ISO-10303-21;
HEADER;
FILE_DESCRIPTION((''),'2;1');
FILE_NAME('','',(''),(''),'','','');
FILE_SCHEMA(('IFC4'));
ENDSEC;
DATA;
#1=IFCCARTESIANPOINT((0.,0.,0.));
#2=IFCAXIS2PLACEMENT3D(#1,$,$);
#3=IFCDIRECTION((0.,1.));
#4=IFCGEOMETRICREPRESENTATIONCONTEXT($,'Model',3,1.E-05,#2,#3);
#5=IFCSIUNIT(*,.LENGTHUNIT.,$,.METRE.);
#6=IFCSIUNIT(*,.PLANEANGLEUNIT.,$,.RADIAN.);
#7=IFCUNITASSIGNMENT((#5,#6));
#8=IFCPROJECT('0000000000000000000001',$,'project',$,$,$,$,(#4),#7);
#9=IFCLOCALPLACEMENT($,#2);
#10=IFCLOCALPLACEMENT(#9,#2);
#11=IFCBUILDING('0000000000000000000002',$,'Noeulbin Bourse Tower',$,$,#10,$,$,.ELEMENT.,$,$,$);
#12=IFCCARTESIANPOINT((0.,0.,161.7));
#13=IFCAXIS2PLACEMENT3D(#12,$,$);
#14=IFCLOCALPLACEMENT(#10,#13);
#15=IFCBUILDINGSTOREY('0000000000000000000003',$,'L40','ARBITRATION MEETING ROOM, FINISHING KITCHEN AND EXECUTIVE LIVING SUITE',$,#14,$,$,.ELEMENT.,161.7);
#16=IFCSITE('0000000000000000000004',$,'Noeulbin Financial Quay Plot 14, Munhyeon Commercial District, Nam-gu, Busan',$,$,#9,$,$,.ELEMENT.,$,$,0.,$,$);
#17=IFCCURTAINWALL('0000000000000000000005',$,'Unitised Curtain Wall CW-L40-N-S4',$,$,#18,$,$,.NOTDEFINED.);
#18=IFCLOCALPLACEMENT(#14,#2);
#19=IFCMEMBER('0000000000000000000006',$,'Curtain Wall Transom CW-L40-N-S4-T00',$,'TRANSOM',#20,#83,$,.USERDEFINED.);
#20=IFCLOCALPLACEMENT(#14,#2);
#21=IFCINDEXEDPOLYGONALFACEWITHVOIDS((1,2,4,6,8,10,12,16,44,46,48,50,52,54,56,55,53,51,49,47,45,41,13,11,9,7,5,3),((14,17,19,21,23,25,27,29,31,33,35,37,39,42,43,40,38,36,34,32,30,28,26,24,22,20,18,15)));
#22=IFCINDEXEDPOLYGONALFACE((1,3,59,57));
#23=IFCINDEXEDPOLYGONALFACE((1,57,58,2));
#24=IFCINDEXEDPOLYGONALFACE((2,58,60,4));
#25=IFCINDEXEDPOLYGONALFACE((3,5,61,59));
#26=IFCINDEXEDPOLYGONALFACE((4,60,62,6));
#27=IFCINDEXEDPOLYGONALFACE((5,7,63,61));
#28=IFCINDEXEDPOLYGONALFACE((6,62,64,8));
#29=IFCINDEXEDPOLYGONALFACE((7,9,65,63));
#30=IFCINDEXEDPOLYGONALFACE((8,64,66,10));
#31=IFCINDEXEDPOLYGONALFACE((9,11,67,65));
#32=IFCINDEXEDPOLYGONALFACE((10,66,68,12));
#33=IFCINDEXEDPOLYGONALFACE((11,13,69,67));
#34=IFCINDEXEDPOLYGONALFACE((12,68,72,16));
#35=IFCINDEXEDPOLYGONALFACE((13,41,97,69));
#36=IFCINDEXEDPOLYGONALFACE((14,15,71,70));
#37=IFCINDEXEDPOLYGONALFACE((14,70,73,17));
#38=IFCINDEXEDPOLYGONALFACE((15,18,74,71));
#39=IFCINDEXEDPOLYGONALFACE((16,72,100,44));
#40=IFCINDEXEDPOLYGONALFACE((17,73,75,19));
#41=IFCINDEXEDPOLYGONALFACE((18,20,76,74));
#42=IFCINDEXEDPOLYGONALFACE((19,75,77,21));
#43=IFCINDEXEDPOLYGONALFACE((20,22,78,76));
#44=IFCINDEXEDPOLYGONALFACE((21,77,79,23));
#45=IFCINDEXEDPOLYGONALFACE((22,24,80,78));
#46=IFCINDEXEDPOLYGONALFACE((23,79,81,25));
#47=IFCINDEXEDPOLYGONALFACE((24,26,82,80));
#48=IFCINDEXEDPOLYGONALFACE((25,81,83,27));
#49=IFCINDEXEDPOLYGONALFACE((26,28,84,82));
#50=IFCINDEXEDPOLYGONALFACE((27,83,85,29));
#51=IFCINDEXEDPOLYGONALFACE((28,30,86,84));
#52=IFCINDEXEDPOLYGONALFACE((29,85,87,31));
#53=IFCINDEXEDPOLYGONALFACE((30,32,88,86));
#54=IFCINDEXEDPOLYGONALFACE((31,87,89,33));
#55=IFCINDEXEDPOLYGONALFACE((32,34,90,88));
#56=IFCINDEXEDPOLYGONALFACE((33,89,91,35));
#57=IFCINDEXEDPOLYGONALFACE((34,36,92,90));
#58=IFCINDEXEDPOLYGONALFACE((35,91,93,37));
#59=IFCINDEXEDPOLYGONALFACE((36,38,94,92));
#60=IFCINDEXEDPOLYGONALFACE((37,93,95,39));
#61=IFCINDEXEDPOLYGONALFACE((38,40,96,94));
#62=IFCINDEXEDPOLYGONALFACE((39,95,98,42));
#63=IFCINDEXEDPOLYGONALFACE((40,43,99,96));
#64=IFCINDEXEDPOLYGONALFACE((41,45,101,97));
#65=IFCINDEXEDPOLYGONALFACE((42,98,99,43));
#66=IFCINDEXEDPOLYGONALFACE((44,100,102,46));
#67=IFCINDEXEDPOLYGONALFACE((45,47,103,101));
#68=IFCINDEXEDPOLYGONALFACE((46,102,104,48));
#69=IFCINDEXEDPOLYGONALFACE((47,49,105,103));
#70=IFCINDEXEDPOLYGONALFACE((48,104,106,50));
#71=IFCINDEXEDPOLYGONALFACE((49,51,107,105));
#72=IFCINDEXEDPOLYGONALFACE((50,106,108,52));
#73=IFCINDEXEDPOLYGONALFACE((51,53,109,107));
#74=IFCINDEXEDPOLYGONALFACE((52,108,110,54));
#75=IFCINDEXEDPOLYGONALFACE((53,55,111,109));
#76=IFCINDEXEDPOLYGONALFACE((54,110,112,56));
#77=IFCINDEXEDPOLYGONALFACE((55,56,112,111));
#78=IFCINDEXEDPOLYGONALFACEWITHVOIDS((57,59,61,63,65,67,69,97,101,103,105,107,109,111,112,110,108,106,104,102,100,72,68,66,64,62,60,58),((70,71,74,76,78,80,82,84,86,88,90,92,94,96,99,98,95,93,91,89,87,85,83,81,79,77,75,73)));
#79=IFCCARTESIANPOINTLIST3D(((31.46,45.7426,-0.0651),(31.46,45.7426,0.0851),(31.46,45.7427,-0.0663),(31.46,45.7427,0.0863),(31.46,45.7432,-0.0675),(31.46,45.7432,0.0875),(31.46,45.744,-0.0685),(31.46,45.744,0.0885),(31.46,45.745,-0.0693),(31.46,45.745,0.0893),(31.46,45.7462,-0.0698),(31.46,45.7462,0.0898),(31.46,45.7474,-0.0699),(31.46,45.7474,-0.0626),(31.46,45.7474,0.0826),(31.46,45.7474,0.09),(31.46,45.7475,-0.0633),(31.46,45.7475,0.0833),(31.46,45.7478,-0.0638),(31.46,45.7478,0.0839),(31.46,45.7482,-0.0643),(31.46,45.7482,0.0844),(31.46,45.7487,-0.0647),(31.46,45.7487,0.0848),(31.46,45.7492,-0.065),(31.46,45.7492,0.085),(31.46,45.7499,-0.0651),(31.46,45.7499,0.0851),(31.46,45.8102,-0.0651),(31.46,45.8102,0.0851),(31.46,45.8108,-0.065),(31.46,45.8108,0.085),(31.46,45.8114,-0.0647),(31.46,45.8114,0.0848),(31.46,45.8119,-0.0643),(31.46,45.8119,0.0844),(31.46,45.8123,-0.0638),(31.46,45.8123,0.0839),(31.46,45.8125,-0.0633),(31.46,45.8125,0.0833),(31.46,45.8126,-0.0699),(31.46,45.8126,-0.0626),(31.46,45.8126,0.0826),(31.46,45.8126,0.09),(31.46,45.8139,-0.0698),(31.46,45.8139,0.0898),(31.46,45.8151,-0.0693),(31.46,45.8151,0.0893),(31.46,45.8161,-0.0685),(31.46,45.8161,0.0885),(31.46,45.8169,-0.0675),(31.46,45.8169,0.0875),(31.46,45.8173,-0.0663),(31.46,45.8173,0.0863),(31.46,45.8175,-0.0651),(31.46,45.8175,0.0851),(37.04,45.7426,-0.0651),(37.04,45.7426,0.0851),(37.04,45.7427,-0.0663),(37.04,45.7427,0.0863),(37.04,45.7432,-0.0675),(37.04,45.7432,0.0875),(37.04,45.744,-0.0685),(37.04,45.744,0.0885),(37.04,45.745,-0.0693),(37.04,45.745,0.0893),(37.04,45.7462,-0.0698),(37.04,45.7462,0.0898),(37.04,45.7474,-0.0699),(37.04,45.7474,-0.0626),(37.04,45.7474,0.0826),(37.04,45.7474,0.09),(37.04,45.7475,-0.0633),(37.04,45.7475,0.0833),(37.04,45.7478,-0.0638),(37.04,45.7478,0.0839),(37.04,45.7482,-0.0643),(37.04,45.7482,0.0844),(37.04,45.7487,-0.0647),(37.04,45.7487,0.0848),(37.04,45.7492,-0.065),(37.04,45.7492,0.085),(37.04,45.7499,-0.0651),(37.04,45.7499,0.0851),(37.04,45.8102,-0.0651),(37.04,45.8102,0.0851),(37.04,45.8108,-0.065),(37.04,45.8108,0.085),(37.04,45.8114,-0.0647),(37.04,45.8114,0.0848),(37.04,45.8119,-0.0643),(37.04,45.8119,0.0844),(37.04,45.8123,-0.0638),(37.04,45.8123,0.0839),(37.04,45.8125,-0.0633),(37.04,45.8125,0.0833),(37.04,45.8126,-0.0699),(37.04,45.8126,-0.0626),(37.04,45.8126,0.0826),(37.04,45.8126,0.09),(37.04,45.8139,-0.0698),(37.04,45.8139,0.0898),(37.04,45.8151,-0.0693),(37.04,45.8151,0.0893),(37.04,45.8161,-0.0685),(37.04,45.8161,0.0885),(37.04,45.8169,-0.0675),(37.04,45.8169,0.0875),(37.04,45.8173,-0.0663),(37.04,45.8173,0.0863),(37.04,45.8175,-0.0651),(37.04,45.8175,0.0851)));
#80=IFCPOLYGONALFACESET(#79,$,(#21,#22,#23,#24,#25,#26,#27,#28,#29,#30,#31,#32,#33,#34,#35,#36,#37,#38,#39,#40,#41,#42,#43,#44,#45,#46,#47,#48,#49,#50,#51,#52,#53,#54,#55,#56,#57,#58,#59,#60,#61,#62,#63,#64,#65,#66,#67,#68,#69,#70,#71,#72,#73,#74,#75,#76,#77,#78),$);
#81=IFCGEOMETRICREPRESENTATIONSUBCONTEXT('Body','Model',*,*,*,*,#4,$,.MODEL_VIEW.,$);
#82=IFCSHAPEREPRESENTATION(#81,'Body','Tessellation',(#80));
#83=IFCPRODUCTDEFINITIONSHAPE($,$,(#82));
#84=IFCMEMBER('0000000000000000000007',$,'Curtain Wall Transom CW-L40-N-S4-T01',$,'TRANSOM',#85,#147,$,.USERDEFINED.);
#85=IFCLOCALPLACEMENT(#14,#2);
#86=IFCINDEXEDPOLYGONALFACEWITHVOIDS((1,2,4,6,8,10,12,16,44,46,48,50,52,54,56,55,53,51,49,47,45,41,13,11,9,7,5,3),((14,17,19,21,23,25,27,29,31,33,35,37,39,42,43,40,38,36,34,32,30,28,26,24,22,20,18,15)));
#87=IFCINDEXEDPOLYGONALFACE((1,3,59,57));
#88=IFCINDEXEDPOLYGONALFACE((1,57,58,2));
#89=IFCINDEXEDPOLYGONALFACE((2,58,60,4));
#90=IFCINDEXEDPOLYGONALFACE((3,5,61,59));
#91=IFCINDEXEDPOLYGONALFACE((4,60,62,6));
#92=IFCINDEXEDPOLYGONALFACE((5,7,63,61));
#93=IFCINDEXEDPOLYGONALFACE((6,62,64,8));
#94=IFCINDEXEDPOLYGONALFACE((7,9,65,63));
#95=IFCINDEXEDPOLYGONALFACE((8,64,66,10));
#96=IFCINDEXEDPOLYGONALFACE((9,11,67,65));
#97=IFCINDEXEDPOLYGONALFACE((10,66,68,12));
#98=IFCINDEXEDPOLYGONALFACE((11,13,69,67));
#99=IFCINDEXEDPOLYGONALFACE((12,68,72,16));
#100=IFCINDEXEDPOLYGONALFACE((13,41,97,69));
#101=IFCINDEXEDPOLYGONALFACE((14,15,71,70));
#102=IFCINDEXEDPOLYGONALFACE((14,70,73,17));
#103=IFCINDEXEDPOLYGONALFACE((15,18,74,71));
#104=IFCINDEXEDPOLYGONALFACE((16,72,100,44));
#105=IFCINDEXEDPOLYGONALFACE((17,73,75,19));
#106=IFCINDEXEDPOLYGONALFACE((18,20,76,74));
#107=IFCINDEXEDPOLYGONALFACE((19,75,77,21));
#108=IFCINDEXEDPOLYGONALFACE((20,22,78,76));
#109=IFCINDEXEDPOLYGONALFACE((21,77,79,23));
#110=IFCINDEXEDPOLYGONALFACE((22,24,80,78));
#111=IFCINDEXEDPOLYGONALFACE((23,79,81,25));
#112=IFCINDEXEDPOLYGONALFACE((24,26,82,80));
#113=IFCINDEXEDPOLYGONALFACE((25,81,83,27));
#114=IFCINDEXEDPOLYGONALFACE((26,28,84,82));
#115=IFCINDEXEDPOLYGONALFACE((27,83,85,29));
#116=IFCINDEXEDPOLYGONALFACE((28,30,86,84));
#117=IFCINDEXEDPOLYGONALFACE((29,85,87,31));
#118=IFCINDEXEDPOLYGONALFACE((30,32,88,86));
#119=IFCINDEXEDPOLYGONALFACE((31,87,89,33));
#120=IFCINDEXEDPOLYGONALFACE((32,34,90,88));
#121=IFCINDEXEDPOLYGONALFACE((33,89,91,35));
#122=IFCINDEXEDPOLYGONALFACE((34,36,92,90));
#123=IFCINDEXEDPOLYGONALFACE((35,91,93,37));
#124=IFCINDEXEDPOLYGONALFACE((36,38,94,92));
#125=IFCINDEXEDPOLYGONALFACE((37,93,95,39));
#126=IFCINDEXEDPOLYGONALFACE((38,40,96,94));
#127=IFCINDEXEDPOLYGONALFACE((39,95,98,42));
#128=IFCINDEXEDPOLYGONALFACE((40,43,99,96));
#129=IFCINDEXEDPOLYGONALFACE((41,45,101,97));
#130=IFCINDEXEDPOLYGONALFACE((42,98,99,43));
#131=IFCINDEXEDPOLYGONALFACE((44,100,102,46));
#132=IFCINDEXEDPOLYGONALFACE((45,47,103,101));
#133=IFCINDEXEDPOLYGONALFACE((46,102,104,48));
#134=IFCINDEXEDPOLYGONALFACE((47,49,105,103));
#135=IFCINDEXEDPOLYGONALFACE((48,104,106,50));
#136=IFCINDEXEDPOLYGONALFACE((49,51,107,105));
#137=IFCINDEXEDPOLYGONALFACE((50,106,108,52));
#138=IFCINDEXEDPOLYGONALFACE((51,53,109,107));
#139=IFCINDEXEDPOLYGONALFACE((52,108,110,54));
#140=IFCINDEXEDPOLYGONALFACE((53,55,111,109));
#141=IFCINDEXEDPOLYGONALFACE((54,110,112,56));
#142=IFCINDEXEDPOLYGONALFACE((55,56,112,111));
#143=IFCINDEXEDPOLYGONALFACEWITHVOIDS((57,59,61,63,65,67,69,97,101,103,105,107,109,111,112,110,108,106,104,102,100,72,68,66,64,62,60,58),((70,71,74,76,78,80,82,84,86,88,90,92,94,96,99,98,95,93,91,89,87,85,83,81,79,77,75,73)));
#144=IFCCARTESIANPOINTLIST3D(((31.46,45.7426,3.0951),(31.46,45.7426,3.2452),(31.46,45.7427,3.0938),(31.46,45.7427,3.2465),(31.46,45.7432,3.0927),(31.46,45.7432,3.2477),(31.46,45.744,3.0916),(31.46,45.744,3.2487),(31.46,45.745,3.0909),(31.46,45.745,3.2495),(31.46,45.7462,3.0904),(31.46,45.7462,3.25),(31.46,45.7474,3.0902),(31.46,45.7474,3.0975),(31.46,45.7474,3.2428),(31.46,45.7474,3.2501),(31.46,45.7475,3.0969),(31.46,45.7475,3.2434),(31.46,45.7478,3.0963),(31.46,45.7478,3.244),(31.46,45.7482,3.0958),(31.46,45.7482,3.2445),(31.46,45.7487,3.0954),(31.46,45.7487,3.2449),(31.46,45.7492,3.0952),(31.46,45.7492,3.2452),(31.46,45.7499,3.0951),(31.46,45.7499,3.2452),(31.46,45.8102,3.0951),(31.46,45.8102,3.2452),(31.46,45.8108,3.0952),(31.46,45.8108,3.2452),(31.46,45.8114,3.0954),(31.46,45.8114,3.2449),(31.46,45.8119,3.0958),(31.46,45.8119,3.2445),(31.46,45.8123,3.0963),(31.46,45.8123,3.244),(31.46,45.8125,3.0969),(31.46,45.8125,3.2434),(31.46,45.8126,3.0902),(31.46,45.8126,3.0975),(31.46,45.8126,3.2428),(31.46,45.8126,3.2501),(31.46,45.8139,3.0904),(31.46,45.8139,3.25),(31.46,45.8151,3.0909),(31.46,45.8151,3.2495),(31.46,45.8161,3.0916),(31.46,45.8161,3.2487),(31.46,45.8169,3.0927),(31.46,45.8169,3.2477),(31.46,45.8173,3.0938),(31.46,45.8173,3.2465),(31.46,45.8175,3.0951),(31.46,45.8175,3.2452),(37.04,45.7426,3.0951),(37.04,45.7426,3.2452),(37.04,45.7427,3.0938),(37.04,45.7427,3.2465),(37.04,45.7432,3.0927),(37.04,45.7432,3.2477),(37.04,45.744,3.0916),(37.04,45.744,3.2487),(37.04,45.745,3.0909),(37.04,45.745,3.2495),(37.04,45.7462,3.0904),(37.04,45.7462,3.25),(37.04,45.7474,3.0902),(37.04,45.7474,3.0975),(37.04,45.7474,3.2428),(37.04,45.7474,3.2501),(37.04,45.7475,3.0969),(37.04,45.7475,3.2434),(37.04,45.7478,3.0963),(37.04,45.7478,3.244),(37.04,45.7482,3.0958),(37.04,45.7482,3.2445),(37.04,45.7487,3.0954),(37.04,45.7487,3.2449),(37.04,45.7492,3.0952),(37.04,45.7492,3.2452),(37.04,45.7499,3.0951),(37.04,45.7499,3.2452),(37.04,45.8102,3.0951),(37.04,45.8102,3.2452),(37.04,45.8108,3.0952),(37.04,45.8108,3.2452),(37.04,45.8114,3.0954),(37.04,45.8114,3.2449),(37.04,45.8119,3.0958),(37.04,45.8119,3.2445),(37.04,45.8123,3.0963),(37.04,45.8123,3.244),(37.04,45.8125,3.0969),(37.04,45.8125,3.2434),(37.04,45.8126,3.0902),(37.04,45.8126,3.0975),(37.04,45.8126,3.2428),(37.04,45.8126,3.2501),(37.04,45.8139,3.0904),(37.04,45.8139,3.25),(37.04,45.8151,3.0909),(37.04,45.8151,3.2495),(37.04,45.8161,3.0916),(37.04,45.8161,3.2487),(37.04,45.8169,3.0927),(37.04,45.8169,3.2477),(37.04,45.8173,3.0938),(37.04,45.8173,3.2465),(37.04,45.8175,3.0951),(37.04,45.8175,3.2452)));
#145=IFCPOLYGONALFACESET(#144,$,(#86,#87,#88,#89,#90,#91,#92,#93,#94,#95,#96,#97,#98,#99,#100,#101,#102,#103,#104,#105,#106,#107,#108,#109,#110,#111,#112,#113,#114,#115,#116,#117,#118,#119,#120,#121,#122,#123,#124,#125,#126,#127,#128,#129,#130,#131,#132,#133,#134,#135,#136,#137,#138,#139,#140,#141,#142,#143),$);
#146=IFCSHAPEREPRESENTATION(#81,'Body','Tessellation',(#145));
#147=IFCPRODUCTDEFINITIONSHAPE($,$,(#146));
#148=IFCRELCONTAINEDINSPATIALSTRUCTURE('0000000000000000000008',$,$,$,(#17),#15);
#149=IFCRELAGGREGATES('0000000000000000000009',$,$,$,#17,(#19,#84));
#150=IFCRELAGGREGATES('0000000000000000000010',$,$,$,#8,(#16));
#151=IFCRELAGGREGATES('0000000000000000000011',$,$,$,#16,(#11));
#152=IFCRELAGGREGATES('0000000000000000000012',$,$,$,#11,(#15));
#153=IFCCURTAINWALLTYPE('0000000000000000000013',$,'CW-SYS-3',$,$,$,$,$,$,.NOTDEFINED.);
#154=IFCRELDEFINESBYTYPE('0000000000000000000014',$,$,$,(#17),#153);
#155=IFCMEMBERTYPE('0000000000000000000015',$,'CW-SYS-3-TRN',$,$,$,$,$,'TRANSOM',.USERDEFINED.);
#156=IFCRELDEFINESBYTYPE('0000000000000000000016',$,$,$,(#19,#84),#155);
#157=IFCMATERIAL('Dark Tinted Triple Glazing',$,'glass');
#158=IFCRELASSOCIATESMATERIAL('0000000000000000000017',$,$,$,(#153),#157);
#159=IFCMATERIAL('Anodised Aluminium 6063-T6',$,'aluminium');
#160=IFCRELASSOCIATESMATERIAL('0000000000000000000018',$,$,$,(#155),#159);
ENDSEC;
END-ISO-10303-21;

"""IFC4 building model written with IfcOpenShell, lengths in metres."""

from ifc_helpers import new_model, si_unit, direction, frame, origin, origin_2d, place, context, subcontext, project, spatial, hollow_rectangle, extrude, material, material_profile, profile_set, type_object, element, aggregate, save


model = new_model("IFC4")

# Units and contexts
model_context = context("Model", 3, precision=1e-05, world=origin(), true_north=direction((0.0, 1.0)))
body_context = subcontext(model_context, "Body", "Model", "MODEL_VIEW")
ifc_project = project(units=[si_unit("LENGTHUNIT", "METRE"), si_unit("PLANEANGLEUNIT", "RADIAN")], contexts=[model_context])

# Site, building, storey
site_placement = place(None, origin())
site = spatial("IfcSite", under=ifc_project, at=site_placement, Name="Noeulbin Financial Quay Plot 14, Munhyeon Commercial District, Nam-gu, Busan", CompositionType="ELEMENT", RefElevation=0.0)
building_placement = place(site_placement, origin())
building = spatial("IfcBuilding", under=site, at=building_placement, Name="Noeulbin Bourse Tower", CompositionType="ELEMENT")
storey_placement = place(building_placement, frame((0.0, 0.0, 161.7)))
storey = spatial("IfcBuildingStorey", under=building, at=storey_placement, Name="L40", Description="ARBITRATION MEETING ROOM, FINISHING KITCHEN AND EXECUTIVE LIVING SUITE", CompositionType="ELEMENT", Elevation=161.7)

# Shared definitions
ifc_material_1 = material(Name="Dark Tinted Triple Glazing", Category="glass")
curtain_wall_type = type_object("IfcCurtainWallType", Name="CW-SYS-3", PredefinedType="NOTDEFINED", material=ifc_material_1)
ifc_material_2 = material(Name="Anodised Aluminium 6063-T6", Category="aluminium")

# Curtain wall
curtain_wall_1_placement = place(storey_placement, origin())
curtain_wall_1 = element("IfcCurtainWall", 1, at=curtain_wall_1_placement, inside=storey, type_object=curtain_wall_type, Name="Unitised Curtain Wall CW-L40-N-S4", PredefinedType="NOTDEFINED")

# Members
ifc_material_profile_1 = material_profile(ifc_material_2, hollow_rectangle(XDim=0.075, YDim=0.1599, WallThickness=0.0049, InnerFilletRadius=0.0024, OuterFilletRadius=0.0049, at=origin_2d()), Name="ALU-TRAN-75x160x5", Category="LoadBearing")
ifc_profile_set_1 = profile_set([ifc_material_profile_1], Name="Anodised Aluminium 6063-T6")
member_type_1 = type_object("IfcMemberType", Name="CW-SYS-3-TRN", ElementType="TRANSOM", PredefinedType="USERDEFINED", material=ifc_profile_set_1)
member_1_placement = place(storey_placement, frame((31.46, 45.78, 0.01), z_axis=(1.0, 0.0, 0.0), x_axis=(0.0, 1.0, 0.0)))
member_1 = element("IfcMember", 2, at=member_1_placement, type_object=member_type_1, Name="Curtain Wall Transom CW-L40-N-S4-T00", ObjectType="TRANSOM", PredefinedType="USERDEFINED", context=body_context, shape_type="SweptSolid", body=[
    extrude(hollow_rectangle(XDim=0.075, YDim=0.1599, WallThickness=0.0049, InnerFilletRadius=0.0024, OuterFilletRadius=0.0049, at=origin_2d()), origin(), (0.0, 0.0, 1.0), 5.5801),
])
member_2_placement = place(storey_placement, frame((31.46, 45.78, 3.1702), z_axis=(1.0, 0.0, 0.0), x_axis=(0.0, 1.0, 0.0)))
member_2 = element("IfcMember", 3, at=member_2_placement, type_object=member_type_1, Name="Curtain Wall Transom CW-L40-N-S4-T01", ObjectType="TRANSOM", PredefinedType="USERDEFINED", context=body_context, shape_type="SweptSolid", body=[
    extrude(hollow_rectangle(XDim=0.075, YDim=0.1599, WallThickness=0.0049, InnerFilletRadius=0.0024, OuterFilletRadius=0.0049, at=origin_2d()), origin(), (0.0, 0.0, 1.0), 5.5801),
])

aggregate(curtain_wall_1, [member_1, member_2])

save(model, "model.ifc")
